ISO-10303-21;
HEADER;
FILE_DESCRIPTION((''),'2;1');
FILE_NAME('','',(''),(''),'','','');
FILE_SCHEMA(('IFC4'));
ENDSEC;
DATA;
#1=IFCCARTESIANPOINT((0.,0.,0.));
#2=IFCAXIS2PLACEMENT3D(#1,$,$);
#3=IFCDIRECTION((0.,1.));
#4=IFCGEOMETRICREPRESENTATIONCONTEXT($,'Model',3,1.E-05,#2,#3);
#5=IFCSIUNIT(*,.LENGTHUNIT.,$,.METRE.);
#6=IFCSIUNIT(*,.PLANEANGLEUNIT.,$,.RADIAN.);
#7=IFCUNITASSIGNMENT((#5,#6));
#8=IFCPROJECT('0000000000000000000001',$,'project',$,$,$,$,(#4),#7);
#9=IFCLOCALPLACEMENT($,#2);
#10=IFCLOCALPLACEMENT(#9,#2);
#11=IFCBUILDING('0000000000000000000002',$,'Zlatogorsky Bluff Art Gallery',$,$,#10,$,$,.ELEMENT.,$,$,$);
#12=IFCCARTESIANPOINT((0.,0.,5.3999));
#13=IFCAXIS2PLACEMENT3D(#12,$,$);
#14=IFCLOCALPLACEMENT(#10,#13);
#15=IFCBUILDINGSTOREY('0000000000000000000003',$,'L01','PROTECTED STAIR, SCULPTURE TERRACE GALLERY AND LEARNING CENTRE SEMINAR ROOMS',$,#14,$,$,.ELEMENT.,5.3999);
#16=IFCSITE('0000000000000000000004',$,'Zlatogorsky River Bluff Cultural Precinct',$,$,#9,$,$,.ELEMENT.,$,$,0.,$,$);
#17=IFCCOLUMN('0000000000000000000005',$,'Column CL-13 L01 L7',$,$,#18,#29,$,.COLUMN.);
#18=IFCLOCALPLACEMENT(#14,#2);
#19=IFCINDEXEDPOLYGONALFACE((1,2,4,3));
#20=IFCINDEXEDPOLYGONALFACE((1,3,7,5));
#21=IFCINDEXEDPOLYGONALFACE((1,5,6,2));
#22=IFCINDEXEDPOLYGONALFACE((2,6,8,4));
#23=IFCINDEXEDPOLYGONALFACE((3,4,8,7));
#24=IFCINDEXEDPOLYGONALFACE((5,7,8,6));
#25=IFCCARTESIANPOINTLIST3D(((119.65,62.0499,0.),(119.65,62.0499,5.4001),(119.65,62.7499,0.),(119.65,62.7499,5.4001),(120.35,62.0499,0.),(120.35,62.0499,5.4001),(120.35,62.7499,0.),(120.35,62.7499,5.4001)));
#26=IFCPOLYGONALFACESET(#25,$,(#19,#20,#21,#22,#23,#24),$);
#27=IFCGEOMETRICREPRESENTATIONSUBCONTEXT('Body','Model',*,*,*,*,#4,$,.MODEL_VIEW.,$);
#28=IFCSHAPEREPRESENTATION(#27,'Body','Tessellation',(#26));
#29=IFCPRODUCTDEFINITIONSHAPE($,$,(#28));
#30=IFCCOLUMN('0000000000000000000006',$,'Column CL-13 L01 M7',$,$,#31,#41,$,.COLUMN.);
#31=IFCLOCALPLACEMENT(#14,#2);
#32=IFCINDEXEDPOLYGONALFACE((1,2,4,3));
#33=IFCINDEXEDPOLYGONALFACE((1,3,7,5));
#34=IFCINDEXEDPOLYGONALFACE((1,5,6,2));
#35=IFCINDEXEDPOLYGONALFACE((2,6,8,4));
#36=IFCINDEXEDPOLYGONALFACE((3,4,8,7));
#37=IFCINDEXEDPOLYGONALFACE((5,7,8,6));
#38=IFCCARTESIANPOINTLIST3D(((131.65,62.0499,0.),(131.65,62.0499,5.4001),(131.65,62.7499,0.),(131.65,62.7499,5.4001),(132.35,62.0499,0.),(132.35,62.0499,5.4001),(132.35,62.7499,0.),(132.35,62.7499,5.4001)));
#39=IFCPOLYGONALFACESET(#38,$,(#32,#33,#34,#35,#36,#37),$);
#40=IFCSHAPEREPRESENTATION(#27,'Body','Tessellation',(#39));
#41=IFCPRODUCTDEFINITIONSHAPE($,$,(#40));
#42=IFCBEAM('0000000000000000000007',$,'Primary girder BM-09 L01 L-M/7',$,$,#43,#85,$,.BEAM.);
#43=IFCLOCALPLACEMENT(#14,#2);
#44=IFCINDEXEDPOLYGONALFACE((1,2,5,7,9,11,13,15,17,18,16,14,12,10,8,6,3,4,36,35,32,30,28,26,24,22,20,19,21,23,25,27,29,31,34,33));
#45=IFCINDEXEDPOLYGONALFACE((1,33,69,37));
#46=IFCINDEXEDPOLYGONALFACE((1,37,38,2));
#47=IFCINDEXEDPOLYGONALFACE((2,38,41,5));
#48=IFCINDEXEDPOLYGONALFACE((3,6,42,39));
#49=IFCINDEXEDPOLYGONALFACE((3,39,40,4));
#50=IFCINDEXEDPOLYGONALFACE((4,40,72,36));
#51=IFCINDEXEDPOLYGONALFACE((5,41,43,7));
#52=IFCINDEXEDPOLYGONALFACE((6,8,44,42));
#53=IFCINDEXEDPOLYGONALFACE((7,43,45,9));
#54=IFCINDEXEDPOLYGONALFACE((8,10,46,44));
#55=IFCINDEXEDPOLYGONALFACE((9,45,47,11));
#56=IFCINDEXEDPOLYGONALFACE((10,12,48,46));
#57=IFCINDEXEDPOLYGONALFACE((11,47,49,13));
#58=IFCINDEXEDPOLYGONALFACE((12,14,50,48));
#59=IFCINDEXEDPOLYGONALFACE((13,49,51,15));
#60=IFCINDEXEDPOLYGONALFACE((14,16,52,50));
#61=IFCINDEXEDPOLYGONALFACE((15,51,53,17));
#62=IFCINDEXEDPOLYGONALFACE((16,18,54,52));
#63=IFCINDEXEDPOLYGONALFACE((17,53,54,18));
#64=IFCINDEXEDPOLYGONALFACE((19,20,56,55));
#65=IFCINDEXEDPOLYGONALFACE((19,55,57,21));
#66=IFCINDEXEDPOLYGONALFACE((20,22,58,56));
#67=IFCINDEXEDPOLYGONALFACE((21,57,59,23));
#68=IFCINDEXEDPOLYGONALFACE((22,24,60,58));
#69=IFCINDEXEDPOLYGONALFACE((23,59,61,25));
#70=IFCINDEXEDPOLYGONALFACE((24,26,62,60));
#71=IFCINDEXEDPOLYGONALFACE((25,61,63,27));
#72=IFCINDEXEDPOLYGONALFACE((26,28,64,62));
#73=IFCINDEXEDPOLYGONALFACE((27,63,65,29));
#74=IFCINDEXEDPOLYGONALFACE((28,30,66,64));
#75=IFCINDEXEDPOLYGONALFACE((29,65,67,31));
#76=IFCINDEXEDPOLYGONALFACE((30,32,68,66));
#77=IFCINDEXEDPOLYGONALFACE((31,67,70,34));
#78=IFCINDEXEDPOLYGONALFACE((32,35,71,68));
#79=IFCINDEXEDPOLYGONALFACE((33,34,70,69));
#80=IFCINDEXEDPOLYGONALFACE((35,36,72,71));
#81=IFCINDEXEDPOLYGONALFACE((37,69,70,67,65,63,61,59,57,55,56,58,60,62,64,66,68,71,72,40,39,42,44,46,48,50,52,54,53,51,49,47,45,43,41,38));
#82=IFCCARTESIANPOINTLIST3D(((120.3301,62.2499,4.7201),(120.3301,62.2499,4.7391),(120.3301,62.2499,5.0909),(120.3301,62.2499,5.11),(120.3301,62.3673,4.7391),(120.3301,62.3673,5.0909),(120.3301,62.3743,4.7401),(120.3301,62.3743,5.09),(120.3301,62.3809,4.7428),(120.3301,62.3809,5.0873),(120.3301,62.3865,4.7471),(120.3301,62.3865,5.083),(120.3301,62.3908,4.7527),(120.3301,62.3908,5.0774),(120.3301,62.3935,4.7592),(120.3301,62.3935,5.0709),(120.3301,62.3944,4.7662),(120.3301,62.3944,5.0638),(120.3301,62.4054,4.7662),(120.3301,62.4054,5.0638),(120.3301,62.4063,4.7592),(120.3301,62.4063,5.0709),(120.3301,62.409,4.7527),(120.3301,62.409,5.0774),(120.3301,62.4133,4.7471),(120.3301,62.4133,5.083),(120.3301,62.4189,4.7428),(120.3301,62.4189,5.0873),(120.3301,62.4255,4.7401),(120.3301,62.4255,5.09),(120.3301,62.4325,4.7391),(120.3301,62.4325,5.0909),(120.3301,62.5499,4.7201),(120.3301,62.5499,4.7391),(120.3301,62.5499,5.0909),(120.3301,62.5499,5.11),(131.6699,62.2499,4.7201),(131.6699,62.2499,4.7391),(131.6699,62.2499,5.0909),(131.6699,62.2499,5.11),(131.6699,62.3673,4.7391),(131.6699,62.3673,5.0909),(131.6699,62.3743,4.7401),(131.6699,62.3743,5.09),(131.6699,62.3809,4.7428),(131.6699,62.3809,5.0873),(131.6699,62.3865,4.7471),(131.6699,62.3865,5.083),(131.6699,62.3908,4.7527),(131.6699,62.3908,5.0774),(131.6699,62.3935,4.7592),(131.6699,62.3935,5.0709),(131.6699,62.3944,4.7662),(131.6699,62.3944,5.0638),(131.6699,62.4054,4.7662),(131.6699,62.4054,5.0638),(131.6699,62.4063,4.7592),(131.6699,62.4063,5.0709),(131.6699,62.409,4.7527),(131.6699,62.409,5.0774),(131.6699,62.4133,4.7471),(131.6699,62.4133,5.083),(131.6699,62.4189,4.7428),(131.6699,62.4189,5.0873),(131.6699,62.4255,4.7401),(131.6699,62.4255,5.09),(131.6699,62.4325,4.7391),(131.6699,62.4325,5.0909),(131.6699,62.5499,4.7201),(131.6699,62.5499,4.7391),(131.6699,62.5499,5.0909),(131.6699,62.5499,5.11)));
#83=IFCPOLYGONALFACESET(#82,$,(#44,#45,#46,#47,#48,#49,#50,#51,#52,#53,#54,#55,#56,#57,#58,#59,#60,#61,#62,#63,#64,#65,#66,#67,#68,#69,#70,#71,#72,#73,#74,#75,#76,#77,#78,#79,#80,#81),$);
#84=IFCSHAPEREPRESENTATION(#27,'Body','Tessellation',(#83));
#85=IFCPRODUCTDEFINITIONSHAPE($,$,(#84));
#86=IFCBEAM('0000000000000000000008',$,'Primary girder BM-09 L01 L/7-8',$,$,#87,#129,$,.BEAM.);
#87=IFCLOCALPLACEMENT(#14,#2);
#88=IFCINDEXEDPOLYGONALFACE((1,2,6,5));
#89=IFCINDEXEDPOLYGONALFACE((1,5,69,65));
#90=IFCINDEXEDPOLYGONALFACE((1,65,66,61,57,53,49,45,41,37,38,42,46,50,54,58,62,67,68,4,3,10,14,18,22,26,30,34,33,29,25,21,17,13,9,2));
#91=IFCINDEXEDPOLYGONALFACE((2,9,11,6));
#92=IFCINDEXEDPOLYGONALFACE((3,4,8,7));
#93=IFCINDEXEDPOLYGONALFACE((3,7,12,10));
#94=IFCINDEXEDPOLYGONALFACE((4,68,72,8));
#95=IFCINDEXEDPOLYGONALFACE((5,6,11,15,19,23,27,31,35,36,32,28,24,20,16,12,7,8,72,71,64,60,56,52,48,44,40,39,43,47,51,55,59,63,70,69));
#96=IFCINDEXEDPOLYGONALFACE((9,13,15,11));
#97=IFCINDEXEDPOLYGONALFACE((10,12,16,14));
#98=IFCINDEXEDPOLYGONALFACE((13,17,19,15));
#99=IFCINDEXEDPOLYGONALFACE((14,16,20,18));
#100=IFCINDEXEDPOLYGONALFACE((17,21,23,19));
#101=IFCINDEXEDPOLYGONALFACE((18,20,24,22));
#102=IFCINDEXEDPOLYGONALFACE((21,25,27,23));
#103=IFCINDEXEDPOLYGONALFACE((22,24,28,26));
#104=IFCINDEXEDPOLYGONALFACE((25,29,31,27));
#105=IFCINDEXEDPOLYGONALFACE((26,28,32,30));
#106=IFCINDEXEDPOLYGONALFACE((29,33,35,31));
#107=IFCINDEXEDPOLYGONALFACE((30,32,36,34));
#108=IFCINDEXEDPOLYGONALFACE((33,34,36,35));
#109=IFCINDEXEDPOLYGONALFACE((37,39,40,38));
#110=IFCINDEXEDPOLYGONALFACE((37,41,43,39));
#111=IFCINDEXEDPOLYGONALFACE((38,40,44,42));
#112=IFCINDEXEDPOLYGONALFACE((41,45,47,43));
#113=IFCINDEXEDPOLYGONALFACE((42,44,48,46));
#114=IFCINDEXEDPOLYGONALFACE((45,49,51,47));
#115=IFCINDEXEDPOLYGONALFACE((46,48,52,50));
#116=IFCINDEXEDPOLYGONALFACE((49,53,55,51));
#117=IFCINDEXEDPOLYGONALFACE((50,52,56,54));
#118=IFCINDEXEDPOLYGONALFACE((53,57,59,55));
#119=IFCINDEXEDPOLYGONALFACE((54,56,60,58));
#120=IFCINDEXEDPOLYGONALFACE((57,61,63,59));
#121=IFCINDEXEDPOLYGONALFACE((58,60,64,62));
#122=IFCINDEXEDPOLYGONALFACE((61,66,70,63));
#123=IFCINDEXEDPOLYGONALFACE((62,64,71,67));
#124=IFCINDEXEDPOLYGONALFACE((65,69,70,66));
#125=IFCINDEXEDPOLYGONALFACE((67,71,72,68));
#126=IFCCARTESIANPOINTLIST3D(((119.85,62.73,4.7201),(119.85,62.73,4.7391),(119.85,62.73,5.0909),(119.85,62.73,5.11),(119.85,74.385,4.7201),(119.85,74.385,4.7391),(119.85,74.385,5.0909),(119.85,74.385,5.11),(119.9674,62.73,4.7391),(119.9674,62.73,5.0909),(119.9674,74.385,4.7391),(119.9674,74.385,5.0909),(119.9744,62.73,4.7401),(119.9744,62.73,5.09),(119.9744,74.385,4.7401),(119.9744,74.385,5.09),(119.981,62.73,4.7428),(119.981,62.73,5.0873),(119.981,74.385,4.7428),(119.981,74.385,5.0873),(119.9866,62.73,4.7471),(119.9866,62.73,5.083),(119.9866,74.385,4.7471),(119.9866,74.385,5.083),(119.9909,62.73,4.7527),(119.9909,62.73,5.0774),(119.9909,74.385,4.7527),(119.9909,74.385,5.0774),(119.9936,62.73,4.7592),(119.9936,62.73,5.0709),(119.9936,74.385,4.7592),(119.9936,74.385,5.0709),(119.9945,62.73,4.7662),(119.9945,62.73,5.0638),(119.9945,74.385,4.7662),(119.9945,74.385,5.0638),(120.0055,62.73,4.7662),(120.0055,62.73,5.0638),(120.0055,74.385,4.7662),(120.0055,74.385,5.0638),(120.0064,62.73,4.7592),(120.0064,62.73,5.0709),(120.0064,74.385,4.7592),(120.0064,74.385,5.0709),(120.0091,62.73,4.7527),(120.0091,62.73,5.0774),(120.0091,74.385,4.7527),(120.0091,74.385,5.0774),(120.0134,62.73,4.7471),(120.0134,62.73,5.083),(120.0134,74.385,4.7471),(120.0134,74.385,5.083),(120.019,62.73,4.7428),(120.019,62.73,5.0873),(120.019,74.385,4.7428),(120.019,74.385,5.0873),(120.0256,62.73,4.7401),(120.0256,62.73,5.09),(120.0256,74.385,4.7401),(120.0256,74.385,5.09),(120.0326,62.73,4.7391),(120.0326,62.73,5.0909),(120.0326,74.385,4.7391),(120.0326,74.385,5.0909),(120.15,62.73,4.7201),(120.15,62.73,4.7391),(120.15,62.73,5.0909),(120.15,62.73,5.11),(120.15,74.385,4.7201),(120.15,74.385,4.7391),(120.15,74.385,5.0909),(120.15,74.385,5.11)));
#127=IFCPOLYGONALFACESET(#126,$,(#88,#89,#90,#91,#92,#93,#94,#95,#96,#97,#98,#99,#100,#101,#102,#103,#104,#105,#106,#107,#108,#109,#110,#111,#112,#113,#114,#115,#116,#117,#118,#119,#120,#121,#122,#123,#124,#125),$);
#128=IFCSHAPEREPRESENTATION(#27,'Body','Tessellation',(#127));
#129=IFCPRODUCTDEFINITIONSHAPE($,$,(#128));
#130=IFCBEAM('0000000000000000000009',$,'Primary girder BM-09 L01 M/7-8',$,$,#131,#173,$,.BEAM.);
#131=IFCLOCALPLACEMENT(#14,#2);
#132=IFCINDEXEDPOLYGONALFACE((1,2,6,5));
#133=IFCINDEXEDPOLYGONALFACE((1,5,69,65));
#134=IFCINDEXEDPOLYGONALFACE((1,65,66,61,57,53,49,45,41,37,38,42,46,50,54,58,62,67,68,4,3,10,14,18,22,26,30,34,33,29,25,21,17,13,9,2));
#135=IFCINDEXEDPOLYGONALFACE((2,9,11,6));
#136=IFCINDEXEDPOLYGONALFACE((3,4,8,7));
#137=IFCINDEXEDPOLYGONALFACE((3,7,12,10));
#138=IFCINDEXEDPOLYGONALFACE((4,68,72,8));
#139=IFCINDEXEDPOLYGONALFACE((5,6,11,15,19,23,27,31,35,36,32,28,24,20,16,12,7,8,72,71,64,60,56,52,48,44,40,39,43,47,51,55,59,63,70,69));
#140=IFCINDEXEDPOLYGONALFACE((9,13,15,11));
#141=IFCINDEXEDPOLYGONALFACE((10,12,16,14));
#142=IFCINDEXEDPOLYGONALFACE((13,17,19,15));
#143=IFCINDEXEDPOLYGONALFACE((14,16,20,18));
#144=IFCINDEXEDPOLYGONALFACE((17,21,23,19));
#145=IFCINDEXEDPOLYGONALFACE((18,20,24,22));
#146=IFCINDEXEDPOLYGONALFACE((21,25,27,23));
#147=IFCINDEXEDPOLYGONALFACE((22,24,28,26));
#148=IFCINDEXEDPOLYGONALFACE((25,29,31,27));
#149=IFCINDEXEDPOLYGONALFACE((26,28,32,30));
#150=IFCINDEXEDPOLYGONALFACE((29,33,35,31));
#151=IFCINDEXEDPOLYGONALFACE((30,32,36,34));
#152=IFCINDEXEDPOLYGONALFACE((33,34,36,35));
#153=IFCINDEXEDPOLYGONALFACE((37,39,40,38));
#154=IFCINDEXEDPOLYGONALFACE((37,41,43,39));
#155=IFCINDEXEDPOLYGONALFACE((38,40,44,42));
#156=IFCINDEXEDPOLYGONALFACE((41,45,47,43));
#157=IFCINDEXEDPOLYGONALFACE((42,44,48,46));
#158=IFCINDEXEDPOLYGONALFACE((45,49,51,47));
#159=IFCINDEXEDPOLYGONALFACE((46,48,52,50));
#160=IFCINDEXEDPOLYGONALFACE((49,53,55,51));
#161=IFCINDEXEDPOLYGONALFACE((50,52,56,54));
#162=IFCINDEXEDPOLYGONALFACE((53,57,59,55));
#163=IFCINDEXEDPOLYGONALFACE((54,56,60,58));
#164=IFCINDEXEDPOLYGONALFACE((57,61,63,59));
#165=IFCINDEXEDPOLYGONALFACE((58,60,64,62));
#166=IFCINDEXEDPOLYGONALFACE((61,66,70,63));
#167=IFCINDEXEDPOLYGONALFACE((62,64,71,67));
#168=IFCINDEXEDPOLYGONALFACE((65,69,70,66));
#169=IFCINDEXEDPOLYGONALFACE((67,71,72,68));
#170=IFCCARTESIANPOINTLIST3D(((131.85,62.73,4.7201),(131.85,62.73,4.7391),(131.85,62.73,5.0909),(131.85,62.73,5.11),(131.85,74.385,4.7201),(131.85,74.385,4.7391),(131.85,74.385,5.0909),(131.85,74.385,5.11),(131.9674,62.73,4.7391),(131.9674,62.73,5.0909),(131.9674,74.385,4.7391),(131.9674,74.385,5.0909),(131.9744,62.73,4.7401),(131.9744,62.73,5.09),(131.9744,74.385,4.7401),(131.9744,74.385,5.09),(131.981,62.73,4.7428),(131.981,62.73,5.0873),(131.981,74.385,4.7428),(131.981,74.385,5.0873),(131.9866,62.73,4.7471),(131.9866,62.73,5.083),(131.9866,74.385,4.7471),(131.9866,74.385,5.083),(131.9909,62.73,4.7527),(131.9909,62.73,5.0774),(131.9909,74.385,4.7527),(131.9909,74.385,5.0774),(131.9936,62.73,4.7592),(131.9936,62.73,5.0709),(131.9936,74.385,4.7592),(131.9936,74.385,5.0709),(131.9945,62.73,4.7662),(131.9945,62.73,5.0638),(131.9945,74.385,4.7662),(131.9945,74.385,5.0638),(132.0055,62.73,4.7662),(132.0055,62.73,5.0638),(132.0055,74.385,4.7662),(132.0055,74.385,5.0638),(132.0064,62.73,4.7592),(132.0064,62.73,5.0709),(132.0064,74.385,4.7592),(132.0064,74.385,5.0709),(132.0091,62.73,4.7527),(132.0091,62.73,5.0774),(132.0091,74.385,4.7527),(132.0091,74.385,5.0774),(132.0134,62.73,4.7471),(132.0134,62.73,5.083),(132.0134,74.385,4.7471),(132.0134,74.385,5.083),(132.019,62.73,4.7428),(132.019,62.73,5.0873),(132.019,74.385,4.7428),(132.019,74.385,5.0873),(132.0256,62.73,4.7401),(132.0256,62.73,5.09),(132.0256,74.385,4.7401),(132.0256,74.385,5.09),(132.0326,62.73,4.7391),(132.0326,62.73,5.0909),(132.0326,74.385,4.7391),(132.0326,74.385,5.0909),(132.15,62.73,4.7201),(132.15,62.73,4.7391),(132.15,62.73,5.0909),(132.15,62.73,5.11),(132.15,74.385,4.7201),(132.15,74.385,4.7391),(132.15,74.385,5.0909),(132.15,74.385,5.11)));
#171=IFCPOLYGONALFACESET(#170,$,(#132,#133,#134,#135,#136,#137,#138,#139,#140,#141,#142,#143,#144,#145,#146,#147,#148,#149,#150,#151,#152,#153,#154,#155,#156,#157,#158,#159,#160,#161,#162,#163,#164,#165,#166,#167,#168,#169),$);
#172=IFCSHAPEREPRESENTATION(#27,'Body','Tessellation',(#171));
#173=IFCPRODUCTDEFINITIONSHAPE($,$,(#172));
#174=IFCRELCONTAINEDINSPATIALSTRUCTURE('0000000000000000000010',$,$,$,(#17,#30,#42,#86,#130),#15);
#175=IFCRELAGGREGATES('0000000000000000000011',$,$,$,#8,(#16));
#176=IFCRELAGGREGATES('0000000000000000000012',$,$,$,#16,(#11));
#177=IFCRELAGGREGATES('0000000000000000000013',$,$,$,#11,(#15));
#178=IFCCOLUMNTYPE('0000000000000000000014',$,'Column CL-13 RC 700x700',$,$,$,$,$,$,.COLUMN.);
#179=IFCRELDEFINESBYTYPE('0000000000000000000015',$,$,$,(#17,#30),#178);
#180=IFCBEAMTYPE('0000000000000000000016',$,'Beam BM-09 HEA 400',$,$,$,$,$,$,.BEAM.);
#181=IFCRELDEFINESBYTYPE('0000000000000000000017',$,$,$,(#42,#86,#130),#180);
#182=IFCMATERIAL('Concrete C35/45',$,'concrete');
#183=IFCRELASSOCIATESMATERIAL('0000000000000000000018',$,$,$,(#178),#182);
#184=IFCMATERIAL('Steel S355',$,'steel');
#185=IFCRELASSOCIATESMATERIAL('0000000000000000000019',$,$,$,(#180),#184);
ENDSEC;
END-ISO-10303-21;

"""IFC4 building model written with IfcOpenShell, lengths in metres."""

from ifc_helpers import new_model, si_unit, direction, frame, origin, origin_2d, place, context, subcontext, project, spatial, rectangle, i_section, extrude, material, material_profile, profile_set, type_object, element, save


model = new_model("IFC4")

# Units and contexts
model_context = context("Model", 3, precision=1e-05, world=origin(), true_north=direction((0.0, 1.0)))
body_context = subcontext(model_context, "Body", "Model", "MODEL_VIEW")
ifc_project = project(units=[si_unit("LENGTHUNIT", "METRE"), si_unit("PLANEANGLEUNIT", "RADIAN")], contexts=[model_context])

# Site, building, storey
site_placement = place(None, origin())
site = spatial("IfcSite", under=ifc_project, at=site_placement, Name="Zlatogorsky River Bluff Cultural Precinct", CompositionType="ELEMENT", RefElevation=0.0)
building_placement = place(site_placement, origin())
building = spatial("IfcBuilding", under=site, at=building_placement, Name="Zlatogorsky Bluff Art Gallery", CompositionType="ELEMENT")
storey_placement = place(building_placement, frame((0.0, 0.0, 5.3999)))
storey = spatial("IfcBuildingStorey", under=building, at=storey_placement, Name="L01", Description="PROTECTED STAIR, SCULPTURE TERRACE GALLERY AND LEARNING CENTRE SEMINAR ROOMS", CompositionType="ELEMENT", Elevation=5.3999)

# Columns
ifc_material_1 = material(Name="Concrete C35/45", Category="concrete")
ifc_material_profile_1 = material_profile(ifc_material_1, rectangle(XDim=0.7, YDim=0.7, at=origin_2d()), Name="RC 700x700")
ifc_profile_set_1 = profile_set([ifc_material_profile_1], Name="Concrete C35/45")
column_type = type_object("IfcColumnType", Name="Column CL-13 RC 700x700", PredefinedType="COLUMN", material=ifc_profile_set_1)
for number, where, z_axis, x_axis, name in (
    (1, (120.0, 62.3999, 0.0), (0.0, 0.0, 1.0), (1.0, 0.0, 0.0), "Column CL-13 L01 L7"),
    (2, (132.0, 62.3999, 0.0), (0.0, 0.0, 1.0), (1.0, 0.0, 0.0), "Column CL-13 L01 M7"),
):
    element("IfcColumn", number, at=place(storey_placement, frame(where, z_axis=z_axis, x_axis=x_axis)), inside=storey, type_object=column_type, Name=name, PredefinedType="COLUMN", context=body_context, shape_type="SweptSolid", body=[
        extrude(rectangle(XDim=0.7, YDim=0.7, at=origin_2d()), origin(), (0.0, 0.0, 1.0), 5.4001),
    ])

# Beams
ifc_material_2 = material(Name="Steel S355", Category="steel")
ifc_material_profile_2 = material_profile(ifc_material_2, i_section(OverallWidth=0.3, OverallDepth=0.3899, WebThickness=0.011, FlangeThickness=0.019, FilletRadius=0.0271, at=origin_2d()), Name="HEA 400")
ifc_profile_set_2 = profile_set([ifc_material_profile_2], Name="Steel S355")
beam_type_1 = type_object("IfcBeamType", Name="Beam BM-09 HEA 400", PredefinedType="BEAM", material=ifc_profile_set_2)
beam_placement = place(storey_placement, frame((120.3301, 62.3999, 4.915), z_axis=(1.0, 0.0, 0.0), x_axis=(0.0, 1.0, 0.0)))
element("IfcBeam", 3, at=beam_placement, inside=storey, type_object=beam_type_1, Name="Primary girder BM-09 L01 L-M/7", PredefinedType="BEAM", context=body_context, shape_type="SweptSolid", body=[
    extrude(i_section(OverallWidth=0.3, OverallDepth=0.3899, WebThickness=0.011, FlangeThickness=0.019, FilletRadius=0.0271, at=origin_2d()), origin(), (0.0, 0.0, 1.0), 11.3398),
])
for number, where, z_axis, x_axis, name in (
    (4, (120.0, 62.73, 4.915), (0.0, 1.0, 0.0), (-1.0, 0.0, 0.0), "Primary girder BM-09 L01 L/7-8"),
    (5, (132.0, 62.73, 4.915), (0.0, 1.0, 0.0), (-1.0, 0.0, 0.0), "Primary girder BM-09 L01 M/7-8"),
):
    element("IfcBeam", number, at=place(storey_placement, frame(where, z_axis=z_axis, x_axis=x_axis)), inside=storey, type_object=beam_type_1, Name=name, PredefinedType="BEAM", context=body_context, shape_type="SweptSolid", body=[
        extrude(i_section(OverallWidth=0.3, OverallDepth=0.3899, WebThickness=0.011, FlangeThickness=0.019, FilletRadius=0.0271, at=origin_2d()), origin(), (0.0, 0.0, 1.0), 11.655),
    ])

save(model, "model.ifc")
